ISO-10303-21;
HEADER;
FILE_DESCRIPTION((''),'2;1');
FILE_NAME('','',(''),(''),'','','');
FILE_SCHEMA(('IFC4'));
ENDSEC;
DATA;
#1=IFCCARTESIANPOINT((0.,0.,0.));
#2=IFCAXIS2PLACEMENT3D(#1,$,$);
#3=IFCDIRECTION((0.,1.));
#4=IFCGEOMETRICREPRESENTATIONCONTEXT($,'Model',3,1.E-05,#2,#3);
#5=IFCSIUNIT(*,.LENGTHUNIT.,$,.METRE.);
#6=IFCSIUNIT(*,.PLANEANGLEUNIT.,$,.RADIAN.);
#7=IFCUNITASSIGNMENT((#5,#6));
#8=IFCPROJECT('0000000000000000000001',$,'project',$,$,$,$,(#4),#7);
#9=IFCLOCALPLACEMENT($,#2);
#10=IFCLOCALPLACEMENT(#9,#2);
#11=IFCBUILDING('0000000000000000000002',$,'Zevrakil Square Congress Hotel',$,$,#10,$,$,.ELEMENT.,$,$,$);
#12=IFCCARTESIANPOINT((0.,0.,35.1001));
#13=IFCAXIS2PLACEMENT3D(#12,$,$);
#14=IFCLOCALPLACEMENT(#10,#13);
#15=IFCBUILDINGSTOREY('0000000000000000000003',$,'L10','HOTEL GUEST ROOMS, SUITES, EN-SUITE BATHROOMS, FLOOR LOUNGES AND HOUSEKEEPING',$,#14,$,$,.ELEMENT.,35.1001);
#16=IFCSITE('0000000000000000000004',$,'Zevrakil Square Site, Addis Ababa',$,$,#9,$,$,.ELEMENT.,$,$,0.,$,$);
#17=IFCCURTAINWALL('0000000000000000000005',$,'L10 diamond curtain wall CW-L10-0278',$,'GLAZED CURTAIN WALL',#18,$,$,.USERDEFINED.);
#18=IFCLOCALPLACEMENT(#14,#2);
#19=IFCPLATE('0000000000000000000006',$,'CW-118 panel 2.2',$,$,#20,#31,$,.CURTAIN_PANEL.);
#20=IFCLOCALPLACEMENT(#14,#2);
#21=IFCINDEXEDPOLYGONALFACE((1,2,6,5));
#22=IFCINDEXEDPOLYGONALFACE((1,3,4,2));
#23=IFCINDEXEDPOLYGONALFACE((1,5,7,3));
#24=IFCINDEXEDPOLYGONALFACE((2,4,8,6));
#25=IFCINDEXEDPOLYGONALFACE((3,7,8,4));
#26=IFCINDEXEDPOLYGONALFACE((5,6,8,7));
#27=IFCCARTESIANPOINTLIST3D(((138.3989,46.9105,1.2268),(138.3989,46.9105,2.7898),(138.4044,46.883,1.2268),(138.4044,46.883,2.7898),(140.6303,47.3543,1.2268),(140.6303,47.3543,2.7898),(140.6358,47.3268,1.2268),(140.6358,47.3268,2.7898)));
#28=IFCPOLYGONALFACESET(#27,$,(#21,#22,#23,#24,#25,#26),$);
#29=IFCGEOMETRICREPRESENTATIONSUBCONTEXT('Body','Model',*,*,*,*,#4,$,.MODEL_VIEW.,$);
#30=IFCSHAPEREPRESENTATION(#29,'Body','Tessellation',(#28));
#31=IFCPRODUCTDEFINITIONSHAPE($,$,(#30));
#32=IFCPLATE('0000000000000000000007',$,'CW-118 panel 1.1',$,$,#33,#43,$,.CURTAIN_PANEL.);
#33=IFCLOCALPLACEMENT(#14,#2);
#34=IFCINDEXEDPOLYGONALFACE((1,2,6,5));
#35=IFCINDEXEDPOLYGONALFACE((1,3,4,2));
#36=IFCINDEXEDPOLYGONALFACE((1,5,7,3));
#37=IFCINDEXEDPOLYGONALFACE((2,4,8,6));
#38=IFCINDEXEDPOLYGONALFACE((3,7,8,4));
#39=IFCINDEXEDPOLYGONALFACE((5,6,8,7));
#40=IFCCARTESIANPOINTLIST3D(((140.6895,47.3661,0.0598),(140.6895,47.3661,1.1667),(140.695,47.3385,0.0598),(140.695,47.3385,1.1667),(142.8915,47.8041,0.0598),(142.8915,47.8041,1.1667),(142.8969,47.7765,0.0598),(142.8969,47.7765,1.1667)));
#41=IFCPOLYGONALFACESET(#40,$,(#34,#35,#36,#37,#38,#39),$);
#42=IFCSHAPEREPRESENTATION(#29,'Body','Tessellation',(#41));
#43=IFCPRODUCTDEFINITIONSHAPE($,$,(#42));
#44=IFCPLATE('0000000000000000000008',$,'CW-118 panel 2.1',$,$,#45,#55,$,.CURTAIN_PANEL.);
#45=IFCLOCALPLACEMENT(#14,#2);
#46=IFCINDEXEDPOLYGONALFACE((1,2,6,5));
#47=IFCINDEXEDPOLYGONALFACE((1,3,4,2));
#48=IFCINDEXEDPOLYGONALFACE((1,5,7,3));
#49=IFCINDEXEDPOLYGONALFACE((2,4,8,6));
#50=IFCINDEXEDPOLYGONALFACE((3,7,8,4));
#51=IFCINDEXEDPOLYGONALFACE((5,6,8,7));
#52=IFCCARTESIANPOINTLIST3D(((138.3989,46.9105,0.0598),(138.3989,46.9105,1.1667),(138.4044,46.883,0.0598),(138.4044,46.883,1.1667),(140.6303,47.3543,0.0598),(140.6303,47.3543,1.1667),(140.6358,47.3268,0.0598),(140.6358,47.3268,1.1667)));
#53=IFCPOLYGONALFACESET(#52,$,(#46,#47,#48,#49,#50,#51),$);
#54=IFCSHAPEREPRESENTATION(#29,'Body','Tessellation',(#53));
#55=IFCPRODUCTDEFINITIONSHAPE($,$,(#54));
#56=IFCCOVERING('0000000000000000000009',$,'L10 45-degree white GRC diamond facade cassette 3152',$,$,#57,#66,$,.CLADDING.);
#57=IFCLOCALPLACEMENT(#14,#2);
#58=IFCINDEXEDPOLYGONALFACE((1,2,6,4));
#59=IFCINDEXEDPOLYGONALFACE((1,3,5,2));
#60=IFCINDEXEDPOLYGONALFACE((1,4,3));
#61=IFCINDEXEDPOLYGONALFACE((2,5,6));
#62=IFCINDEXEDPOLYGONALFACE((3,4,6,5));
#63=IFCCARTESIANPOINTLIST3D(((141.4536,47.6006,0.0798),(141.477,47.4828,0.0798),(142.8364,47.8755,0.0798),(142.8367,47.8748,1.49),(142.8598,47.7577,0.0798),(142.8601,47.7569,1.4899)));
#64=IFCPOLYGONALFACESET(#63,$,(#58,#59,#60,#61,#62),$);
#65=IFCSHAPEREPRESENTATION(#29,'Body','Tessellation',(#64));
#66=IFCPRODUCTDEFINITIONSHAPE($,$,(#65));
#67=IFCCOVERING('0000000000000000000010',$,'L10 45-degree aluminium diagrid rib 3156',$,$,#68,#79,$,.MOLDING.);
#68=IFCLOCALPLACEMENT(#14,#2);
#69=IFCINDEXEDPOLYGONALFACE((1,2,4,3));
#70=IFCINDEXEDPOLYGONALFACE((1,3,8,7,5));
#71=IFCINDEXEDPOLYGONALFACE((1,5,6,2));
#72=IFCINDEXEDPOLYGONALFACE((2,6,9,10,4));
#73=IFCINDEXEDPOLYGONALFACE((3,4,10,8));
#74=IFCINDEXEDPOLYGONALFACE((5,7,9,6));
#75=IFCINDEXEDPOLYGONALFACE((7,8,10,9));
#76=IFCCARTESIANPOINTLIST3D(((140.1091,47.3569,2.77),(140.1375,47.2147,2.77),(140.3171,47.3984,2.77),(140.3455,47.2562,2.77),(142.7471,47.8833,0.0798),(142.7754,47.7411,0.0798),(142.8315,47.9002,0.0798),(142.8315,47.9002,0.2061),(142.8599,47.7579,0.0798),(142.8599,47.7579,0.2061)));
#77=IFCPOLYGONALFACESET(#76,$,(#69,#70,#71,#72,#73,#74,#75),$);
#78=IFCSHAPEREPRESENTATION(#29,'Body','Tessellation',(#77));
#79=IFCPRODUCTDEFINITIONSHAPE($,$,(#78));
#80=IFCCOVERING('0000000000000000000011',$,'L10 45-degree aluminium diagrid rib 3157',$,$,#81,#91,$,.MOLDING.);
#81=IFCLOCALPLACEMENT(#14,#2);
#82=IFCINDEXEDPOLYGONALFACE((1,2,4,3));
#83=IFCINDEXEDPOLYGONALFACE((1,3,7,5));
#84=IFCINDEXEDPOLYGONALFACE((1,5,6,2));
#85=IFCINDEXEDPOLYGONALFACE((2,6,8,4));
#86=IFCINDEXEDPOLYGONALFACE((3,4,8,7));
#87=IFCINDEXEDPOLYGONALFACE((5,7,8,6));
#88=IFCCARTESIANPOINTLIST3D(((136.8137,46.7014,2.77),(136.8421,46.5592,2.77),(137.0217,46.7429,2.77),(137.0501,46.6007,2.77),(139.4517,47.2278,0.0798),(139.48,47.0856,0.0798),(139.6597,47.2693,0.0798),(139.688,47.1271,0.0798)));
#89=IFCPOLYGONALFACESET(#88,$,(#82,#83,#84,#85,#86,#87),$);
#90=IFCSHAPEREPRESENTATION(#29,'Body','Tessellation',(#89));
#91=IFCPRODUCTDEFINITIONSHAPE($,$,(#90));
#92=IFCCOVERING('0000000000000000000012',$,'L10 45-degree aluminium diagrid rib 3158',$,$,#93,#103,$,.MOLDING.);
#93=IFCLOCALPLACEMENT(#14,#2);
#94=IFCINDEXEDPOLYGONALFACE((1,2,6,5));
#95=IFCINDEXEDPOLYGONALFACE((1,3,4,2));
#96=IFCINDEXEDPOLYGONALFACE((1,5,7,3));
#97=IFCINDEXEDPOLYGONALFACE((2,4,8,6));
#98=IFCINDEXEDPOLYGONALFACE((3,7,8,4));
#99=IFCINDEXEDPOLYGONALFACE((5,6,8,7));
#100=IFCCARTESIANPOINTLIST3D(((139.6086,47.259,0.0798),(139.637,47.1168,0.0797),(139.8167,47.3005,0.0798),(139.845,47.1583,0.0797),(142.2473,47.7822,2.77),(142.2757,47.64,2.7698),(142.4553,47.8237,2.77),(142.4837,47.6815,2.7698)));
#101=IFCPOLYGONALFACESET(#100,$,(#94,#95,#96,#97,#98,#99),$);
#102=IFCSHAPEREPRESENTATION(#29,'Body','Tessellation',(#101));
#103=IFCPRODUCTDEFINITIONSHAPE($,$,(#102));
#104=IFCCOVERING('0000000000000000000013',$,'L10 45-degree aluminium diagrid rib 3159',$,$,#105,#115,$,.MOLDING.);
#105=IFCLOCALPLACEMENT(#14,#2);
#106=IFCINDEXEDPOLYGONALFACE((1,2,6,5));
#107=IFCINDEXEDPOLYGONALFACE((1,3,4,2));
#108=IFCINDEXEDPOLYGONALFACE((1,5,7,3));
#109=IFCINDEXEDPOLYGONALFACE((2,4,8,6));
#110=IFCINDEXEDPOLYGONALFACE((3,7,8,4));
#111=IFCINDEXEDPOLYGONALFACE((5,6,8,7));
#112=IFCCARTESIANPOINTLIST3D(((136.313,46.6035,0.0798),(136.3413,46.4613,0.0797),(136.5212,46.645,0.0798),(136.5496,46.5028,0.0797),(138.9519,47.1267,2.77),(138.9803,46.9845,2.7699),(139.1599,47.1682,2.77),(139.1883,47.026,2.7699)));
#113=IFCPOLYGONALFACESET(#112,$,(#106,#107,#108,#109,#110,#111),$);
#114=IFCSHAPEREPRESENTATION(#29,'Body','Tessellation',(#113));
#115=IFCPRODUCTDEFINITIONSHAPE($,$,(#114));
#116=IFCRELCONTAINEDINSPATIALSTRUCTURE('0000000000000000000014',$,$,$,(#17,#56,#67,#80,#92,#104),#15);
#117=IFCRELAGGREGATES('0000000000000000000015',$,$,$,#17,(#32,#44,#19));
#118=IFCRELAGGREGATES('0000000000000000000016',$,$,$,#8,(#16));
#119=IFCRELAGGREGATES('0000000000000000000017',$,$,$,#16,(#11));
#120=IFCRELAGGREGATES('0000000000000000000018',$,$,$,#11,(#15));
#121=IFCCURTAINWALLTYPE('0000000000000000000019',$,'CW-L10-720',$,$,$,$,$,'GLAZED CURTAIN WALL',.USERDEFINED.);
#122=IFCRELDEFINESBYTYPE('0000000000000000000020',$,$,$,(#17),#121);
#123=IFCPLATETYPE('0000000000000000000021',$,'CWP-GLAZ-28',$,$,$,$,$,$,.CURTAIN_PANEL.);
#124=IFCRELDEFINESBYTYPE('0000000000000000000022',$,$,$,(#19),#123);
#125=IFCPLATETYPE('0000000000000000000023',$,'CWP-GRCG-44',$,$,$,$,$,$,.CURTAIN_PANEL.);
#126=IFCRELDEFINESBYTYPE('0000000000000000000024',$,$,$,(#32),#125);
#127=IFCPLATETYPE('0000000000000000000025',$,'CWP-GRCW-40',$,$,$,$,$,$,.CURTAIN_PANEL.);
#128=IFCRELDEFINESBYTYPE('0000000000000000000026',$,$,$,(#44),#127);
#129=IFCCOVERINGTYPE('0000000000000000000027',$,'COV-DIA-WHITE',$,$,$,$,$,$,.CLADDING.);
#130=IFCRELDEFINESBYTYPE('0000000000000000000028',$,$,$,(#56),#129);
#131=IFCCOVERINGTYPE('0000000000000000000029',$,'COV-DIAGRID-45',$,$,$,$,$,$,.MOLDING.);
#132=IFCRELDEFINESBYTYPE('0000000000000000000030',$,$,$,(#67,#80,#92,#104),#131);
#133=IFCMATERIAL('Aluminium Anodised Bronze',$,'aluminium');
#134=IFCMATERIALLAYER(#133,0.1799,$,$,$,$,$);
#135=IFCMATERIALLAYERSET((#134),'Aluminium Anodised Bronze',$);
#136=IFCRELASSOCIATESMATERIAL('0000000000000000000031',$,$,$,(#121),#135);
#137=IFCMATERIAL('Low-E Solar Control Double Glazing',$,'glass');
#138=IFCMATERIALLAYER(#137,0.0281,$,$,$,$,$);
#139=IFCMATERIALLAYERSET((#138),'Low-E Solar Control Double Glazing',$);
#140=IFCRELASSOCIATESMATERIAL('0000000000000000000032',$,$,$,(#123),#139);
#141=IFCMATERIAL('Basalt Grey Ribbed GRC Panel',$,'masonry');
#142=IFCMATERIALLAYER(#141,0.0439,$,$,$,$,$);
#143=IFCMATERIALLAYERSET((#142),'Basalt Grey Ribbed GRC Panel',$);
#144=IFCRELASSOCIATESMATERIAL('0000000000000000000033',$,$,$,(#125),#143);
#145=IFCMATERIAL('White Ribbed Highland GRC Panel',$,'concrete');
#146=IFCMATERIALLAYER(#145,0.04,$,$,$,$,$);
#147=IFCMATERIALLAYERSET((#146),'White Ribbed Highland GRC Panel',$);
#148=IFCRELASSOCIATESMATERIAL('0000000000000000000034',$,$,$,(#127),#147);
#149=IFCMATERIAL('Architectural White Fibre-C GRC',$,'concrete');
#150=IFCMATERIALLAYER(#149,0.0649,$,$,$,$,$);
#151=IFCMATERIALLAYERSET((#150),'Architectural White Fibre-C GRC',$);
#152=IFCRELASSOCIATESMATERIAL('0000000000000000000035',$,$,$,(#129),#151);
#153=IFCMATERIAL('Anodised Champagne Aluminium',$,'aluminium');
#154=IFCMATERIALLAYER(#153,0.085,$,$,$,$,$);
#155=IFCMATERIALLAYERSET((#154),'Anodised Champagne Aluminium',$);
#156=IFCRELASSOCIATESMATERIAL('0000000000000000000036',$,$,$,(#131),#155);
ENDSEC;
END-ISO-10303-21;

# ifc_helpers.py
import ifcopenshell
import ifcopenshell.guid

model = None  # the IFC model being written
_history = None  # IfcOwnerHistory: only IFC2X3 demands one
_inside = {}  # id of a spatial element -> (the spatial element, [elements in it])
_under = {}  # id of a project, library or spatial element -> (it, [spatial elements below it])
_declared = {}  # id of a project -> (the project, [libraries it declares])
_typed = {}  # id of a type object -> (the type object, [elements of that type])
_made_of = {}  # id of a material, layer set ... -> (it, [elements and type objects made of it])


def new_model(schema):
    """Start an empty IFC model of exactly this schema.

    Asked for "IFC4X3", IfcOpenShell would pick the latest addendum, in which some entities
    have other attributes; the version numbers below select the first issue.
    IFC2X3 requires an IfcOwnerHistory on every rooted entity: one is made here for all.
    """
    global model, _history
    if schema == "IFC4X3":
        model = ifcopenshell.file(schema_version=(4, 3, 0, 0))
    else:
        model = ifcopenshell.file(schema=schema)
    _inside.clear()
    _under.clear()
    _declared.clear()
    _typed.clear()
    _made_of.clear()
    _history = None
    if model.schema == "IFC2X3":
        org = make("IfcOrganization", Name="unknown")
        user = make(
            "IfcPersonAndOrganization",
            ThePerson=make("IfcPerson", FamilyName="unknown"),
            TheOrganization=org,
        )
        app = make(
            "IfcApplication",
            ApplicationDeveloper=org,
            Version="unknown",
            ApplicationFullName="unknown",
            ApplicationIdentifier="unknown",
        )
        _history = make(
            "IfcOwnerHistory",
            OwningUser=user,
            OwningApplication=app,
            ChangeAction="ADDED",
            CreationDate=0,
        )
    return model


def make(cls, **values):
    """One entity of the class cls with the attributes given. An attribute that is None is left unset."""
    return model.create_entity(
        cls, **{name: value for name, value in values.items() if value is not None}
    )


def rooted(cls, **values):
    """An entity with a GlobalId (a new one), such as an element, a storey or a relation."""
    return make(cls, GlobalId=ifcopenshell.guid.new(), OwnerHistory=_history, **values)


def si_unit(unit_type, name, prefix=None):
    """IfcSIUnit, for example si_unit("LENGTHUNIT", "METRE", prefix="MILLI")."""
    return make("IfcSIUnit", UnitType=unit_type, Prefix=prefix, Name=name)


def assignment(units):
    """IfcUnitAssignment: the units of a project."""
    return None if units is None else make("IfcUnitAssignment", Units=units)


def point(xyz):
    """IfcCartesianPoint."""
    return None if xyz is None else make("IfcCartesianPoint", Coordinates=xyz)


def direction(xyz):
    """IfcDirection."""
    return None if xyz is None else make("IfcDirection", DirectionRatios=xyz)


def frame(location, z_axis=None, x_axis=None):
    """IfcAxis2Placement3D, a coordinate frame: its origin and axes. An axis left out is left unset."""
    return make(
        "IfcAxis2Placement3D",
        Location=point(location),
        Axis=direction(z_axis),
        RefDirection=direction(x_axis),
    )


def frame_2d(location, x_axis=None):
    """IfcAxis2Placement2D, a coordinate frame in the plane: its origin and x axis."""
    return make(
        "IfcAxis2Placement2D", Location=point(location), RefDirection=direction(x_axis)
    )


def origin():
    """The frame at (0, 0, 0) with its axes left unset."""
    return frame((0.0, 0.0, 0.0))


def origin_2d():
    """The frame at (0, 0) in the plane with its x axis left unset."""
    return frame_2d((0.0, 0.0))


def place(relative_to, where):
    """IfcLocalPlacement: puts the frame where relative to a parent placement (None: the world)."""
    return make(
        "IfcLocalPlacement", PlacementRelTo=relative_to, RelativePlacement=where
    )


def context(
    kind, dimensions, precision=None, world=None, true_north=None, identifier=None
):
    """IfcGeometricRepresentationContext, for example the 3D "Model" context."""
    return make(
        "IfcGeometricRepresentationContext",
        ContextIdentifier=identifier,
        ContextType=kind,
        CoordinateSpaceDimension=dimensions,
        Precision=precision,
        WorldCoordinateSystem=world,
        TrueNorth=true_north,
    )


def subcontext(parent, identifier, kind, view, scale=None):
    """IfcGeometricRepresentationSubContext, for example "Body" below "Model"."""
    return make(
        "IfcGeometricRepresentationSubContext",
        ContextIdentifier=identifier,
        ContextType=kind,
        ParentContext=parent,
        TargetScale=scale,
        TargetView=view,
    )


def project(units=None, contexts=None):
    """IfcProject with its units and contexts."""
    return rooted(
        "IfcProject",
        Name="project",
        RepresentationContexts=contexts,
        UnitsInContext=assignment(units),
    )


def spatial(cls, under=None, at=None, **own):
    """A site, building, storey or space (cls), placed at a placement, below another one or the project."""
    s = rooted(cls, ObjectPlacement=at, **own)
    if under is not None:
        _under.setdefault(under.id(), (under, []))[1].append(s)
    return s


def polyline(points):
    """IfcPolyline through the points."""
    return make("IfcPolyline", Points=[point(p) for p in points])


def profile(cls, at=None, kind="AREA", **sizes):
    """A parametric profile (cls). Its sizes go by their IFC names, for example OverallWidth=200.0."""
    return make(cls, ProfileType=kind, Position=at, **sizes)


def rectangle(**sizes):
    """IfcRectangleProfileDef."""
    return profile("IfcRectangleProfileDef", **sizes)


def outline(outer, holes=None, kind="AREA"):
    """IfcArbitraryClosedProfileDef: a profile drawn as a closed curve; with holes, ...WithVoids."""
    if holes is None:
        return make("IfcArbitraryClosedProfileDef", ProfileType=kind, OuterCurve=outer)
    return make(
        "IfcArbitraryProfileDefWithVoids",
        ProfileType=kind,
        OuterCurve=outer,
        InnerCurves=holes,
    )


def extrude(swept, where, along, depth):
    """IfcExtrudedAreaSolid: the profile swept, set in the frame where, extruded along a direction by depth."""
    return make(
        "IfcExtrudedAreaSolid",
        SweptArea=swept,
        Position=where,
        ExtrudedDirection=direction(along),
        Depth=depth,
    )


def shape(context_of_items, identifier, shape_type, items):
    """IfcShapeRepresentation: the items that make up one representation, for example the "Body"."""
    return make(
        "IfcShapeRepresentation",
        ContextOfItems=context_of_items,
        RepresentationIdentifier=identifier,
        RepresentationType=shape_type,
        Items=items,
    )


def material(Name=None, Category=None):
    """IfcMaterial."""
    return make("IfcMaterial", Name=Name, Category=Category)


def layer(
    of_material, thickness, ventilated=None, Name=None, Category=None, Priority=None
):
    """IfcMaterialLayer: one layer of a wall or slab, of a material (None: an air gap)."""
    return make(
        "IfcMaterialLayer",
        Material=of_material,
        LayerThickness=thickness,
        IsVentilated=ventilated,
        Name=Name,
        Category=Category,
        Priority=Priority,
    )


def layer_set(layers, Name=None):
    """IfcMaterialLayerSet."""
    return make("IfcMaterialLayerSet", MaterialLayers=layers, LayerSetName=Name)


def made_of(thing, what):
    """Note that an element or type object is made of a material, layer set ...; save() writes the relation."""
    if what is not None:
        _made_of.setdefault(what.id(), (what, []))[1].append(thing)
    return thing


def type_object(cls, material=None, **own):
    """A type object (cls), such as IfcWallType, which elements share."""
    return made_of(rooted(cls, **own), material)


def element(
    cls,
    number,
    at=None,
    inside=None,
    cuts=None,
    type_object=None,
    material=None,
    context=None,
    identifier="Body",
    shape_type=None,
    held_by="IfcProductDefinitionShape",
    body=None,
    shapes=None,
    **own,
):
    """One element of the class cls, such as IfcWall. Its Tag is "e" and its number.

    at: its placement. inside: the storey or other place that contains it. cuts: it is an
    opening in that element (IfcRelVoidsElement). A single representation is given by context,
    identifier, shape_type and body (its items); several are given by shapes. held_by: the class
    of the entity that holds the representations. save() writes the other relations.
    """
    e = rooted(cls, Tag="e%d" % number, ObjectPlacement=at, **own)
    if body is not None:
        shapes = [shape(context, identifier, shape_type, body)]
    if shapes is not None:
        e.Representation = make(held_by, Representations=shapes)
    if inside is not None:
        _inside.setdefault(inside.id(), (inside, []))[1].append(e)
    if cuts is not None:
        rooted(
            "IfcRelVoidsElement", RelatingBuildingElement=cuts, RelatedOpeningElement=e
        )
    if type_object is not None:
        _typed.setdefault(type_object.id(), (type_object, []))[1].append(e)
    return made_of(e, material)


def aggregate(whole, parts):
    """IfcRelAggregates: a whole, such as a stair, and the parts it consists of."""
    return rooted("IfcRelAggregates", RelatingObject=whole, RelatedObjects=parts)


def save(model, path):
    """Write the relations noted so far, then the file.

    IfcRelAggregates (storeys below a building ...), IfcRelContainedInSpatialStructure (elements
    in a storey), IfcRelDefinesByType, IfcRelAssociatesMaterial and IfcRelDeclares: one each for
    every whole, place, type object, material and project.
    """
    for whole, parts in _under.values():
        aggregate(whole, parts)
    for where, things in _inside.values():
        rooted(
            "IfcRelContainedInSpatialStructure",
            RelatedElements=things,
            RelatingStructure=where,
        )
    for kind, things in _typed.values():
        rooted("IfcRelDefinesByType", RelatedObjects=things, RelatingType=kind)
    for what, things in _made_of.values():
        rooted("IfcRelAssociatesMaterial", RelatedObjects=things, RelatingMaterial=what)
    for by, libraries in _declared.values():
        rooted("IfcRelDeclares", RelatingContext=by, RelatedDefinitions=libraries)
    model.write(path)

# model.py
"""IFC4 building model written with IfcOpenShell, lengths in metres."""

from ifc_helpers import new_model, si_unit, direction, frame, origin, origin_2d, place, context, subcontext, project, spatial, polyline, rectangle, outline, extrude, material, layer, layer_set, type_object, element, aggregate, save


model = new_model("IFC4")

# Units and contexts
model_context = context("Model", 3, precision=1e-05, world=origin(), true_north=direction((0.0, 1.0)))
body_context = subcontext(model_context, "Body", "Model", "MODEL_VIEW")
ifc_project = project(units=[si_unit("LENGTHUNIT", "METRE"), si_unit("PLANEANGLEUNIT", "RADIAN")], contexts=[model_context])

# Site, building, storey
site_placement = place(None, origin())
site = spatial("IfcSite", under=ifc_project, at=site_placement, Name="Zevrakil Square Site, Addis Ababa", CompositionType="ELEMENT", RefElevation=0.0)
building_placement = place(site_placement, origin())
building = spatial("IfcBuilding", under=site, at=building_placement, Name="Zevrakil Square Congress Hotel", CompositionType="ELEMENT")
storey_placement = place(building_placement, frame((0.0, 0.0, 35.1001)))
storey = spatial("IfcBuildingStorey", under=building, at=storey_placement, Name="L10", Description="HOTEL GUEST ROOMS, SUITES, EN-SUITE BATHROOMS, FLOOR LOUNGES AND HOUSEKEEPING", CompositionType="ELEMENT", Elevation=35.1001)

# Curtain wall
ifc_material_1 = material(Name="Aluminium Anodised Bronze", Category="aluminium")
ifc_layer_1 = layer(ifc_material_1, 0.1799)
ifc_layer_set_1 = layer_set([ifc_layer_1], Name="Aluminium Anodised Bronze")
curtain_wall_type_1 = type_object("IfcCurtainWallType", Name="CW-L10-720", ElementType="GLAZED CURTAIN WALL", PredefinedType="USERDEFINED", material=ifc_layer_set_1)
curtain_wall_1_placement = place(storey_placement, origin())
curtain_wall_1 = element("IfcCurtainWall", 1, at=curtain_wall_1_placement, inside=storey, type_object=curtain_wall_type_1, Name="L10 diamond curtain wall CW-L10-0278", ObjectType="GLAZED CURTAIN WALL", PredefinedType="USERDEFINED")

# Plates
ifc_material_2 = material(Name="Low-E Solar Control Double Glazing", Category="glass")
ifc_layer_2 = layer(ifc_material_2, 0.0281)
ifc_layer_set_2 = layer_set([ifc_layer_2], Name="Low-E Solar Control Double Glazing")
plate_type_1 = type_object("IfcPlateType", Name="CWP-GLAZ-28", PredefinedType="CURTAIN_PANEL", material=ifc_layer_set_2)
plate_1_placement = place(storey_placement, frame((139.5173, 47.1187, 1.2268), z_axis=(0.0, 0.0, 1.0), x_axis=(-0.980787, -0.195084, 0.0)))
plate_1 = element("IfcPlate", 2, at=plate_1_placement, type_object=plate_type_1, Name="CW-118 panel 2.2", PredefinedType="CURTAIN_PANEL", context=body_context, shape_type="SweptSolid", body=[
    extrude(rectangle(XDim=2.2751, YDim=0.0281, at=origin_2d()), origin(), (0.0, 0.0, 1.0), 1.563),
])
ifc_material_3 = material(Name="Basalt Grey Ribbed GRC Panel", Category="masonry")
ifc_layer_3 = layer(ifc_material_3, 0.0439)
ifc_layer_set_3 = layer_set([ifc_layer_3], Name="Basalt Grey Ribbed GRC Panel")
plate_type_2 = type_object("IfcPlateType", Name="CWP-GRCG-44", PredefinedType="CURTAIN_PANEL", material=ifc_layer_set_3)
plate_2_placement = place(storey_placement, frame((141.7932, 47.5713, 0.0598), z_axis=(0.0, 0.0, 1.0), x_axis=(-0.980787, -0.195084, 0.0)))
plate_2 = element("IfcPlate", 3, at=plate_2_placement, type_object=plate_type_2, Name="CW-118 panel 1.1", PredefinedType="CURTAIN_PANEL", context=body_context, shape_type="SweptSolid", body=[
    extrude(rectangle(XDim=2.2451, YDim=0.0281, at=origin_2d()), origin(), (0.0, 0.0, 1.0), 1.1069),
])
ifc_material_4 = material(Name="White Ribbed Highland GRC Panel", Category="concrete")
ifc_layer_4 = layer(ifc_material_4, 0.04)
ifc_layer_set_4 = layer_set([ifc_layer_4], Name="White Ribbed Highland GRC Panel")
plate_type_3 = type_object("IfcPlateType", Name="CWP-GRCW-40", PredefinedType="CURTAIN_PANEL", material=ifc_layer_set_4)
plate_3_placement = place(storey_placement, frame((139.5173, 47.1187, 0.0598), z_axis=(0.0, 0.0, 1.0), x_axis=(-0.980787, -0.195084, 0.0)))
plate_3 = element("IfcPlate", 4, at=plate_3_placement, type_object=plate_type_3, Name="CW-118 panel 2.1", PredefinedType="CURTAIN_PANEL", context=body_context, shape_type="SweptSolid", body=[
    extrude(rectangle(XDim=2.2751, YDim=0.0281, at=origin_2d()), origin(), (0.0, 0.0, 1.0), 1.1069),
])
aggregate(curtain_wall_1, [plate_2, plate_3, plate_1])

# Coverings
ifc_material_5 = material(Name="Architectural White Fibre-C GRC", Category="concrete")
ifc_layer_5 = layer(ifc_material_5, 0.0649)
ifc_layer_set_5 = layer_set([ifc_layer_5], Name="Architectural White Fibre-C GRC")
covering_type_1 = type_object("IfcCoveringType", Name="COV-DIA-WHITE", PredefinedType="CLADDING", material=ifc_layer_set_5)
covering_1_placement = place(storey_placement, frame((141.4536, 47.6006, 0.0798), z_axis=(-0.194984, 0.980806, 0.000543), x_axis=(0.980806, 0.194984, 0.0)))
element("IfcCovering", 5, at=covering_1_placement, inside=storey, type_object=covering_type_1, Name="L10 45-degree white GRC diamond facade cassette 3152", PredefinedType="CLADDING", context=body_context, shape_type="SweptSolid", body=[
    extrude(outline(polyline([(0.0, 0.0), (1.4099, 0.0), (1.41, -1.4102), (0.0, 0.0)])), origin(), (0.0, 0.0, -1.0), 0.1201),
])
ifc_material_6 = material(Name="Anodised Champagne Aluminium", Category="aluminium")
ifc_layer_6 = layer(ifc_material_6, 0.085)
ifc_layer_set_6 = layer_set([ifc_layer_6], Name="Anodised Champagne Aluminium")
covering_type_2 = type_object("IfcCoveringType", Name="COV-DIAGRID-45", PredefinedType="MOLDING", material=ifc_layer_set_6)
covering_2_placement = place(storey_placement, frame((142.7471, 47.8833, 0.0798), z_axis=(-0.195653, 0.980673, 0.000024), x_axis=(0.980673, 0.195653, 0.0)))
element("IfcCovering", 6, at=covering_2_placement, inside=storey, type_object=covering_type_2, Name="L10 45-degree aluminium diagrid rib 3156", PredefinedType="MOLDING", context=body_context, shape_type="SweptSolid", body=[
    extrude(outline(polyline([(0.0, 0.0), (0.0861, 0.0), (0.0861, -0.1262), (-2.4778, -2.6902), (-2.6899, -2.6902), (0.0, 0.0)])), origin(), (0.0, 0.0, -1.0), 0.145),
])
covering_3_placement = place(storey_placement, frame((139.4517, 47.2278, 0.0798), z_axis=(-0.195673, 0.980669, 0.000006), x_axis=(0.980669, 0.195673, 0.0)))
element("IfcCovering", 7, at=covering_3_placement, inside=storey, type_object=covering_type_2, Name="L10 45-degree aluminium diagrid rib 3157", PredefinedType="MOLDING", context=body_context, shape_type="SweptSolid", body=[
    extrude(outline(polyline([(0.0, 0.0), (0.2121, 0.0), (-2.4778, -2.6902), (-2.6899, -2.6902), (0.0, 0.0)])), origin(), (0.0, 0.0, -1.0), 0.145),
])
covering_4_placement = place(storey_placement, frame((142.4553, 47.8237, 2.77), z_axis=(-0.195673, 0.980668, 0.001204), x_axis=(-0.980669, -0.195673, 0.0)))
element("IfcCovering", 8, at=covering_4_placement, inside=storey, type_object=covering_type_2, Name="L10 45-degree aluminium diagrid rib 3158", PredefinedType="MOLDING", context=body_context, shape_type="SweptSolid", body=[
    extrude(outline(polyline([(0.0, 0.0), (0.2121, 0.0), (2.9021, -2.6902), (2.69, -2.6902), (0.0, 0.0)])), origin(), (0.0, 0.0, -1.0), 0.145),
])
covering_5_placement = place(storey_placement, frame((139.1599, 47.1682, 2.77), z_axis=(-0.195563, 0.980691, 0.0011), x_axis=(-0.980691, -0.195563, 0.0)))
element("IfcCovering", 9, at=covering_5_placement, inside=storey, type_object=covering_type_2, Name="L10 45-degree aluminium diagrid rib 3159", PredefinedType="MOLDING", context=body_context, shape_type="SweptSolid", body=[
    extrude(outline(polyline([(0.0, 0.0), (0.2121, 0.0), (2.9024, -2.6902), (2.69, -2.6902), (0.0, 0.0)])), origin(), (0.0, 0.0, -1.0), 0.145),
])

save(model, "model.ifc")
